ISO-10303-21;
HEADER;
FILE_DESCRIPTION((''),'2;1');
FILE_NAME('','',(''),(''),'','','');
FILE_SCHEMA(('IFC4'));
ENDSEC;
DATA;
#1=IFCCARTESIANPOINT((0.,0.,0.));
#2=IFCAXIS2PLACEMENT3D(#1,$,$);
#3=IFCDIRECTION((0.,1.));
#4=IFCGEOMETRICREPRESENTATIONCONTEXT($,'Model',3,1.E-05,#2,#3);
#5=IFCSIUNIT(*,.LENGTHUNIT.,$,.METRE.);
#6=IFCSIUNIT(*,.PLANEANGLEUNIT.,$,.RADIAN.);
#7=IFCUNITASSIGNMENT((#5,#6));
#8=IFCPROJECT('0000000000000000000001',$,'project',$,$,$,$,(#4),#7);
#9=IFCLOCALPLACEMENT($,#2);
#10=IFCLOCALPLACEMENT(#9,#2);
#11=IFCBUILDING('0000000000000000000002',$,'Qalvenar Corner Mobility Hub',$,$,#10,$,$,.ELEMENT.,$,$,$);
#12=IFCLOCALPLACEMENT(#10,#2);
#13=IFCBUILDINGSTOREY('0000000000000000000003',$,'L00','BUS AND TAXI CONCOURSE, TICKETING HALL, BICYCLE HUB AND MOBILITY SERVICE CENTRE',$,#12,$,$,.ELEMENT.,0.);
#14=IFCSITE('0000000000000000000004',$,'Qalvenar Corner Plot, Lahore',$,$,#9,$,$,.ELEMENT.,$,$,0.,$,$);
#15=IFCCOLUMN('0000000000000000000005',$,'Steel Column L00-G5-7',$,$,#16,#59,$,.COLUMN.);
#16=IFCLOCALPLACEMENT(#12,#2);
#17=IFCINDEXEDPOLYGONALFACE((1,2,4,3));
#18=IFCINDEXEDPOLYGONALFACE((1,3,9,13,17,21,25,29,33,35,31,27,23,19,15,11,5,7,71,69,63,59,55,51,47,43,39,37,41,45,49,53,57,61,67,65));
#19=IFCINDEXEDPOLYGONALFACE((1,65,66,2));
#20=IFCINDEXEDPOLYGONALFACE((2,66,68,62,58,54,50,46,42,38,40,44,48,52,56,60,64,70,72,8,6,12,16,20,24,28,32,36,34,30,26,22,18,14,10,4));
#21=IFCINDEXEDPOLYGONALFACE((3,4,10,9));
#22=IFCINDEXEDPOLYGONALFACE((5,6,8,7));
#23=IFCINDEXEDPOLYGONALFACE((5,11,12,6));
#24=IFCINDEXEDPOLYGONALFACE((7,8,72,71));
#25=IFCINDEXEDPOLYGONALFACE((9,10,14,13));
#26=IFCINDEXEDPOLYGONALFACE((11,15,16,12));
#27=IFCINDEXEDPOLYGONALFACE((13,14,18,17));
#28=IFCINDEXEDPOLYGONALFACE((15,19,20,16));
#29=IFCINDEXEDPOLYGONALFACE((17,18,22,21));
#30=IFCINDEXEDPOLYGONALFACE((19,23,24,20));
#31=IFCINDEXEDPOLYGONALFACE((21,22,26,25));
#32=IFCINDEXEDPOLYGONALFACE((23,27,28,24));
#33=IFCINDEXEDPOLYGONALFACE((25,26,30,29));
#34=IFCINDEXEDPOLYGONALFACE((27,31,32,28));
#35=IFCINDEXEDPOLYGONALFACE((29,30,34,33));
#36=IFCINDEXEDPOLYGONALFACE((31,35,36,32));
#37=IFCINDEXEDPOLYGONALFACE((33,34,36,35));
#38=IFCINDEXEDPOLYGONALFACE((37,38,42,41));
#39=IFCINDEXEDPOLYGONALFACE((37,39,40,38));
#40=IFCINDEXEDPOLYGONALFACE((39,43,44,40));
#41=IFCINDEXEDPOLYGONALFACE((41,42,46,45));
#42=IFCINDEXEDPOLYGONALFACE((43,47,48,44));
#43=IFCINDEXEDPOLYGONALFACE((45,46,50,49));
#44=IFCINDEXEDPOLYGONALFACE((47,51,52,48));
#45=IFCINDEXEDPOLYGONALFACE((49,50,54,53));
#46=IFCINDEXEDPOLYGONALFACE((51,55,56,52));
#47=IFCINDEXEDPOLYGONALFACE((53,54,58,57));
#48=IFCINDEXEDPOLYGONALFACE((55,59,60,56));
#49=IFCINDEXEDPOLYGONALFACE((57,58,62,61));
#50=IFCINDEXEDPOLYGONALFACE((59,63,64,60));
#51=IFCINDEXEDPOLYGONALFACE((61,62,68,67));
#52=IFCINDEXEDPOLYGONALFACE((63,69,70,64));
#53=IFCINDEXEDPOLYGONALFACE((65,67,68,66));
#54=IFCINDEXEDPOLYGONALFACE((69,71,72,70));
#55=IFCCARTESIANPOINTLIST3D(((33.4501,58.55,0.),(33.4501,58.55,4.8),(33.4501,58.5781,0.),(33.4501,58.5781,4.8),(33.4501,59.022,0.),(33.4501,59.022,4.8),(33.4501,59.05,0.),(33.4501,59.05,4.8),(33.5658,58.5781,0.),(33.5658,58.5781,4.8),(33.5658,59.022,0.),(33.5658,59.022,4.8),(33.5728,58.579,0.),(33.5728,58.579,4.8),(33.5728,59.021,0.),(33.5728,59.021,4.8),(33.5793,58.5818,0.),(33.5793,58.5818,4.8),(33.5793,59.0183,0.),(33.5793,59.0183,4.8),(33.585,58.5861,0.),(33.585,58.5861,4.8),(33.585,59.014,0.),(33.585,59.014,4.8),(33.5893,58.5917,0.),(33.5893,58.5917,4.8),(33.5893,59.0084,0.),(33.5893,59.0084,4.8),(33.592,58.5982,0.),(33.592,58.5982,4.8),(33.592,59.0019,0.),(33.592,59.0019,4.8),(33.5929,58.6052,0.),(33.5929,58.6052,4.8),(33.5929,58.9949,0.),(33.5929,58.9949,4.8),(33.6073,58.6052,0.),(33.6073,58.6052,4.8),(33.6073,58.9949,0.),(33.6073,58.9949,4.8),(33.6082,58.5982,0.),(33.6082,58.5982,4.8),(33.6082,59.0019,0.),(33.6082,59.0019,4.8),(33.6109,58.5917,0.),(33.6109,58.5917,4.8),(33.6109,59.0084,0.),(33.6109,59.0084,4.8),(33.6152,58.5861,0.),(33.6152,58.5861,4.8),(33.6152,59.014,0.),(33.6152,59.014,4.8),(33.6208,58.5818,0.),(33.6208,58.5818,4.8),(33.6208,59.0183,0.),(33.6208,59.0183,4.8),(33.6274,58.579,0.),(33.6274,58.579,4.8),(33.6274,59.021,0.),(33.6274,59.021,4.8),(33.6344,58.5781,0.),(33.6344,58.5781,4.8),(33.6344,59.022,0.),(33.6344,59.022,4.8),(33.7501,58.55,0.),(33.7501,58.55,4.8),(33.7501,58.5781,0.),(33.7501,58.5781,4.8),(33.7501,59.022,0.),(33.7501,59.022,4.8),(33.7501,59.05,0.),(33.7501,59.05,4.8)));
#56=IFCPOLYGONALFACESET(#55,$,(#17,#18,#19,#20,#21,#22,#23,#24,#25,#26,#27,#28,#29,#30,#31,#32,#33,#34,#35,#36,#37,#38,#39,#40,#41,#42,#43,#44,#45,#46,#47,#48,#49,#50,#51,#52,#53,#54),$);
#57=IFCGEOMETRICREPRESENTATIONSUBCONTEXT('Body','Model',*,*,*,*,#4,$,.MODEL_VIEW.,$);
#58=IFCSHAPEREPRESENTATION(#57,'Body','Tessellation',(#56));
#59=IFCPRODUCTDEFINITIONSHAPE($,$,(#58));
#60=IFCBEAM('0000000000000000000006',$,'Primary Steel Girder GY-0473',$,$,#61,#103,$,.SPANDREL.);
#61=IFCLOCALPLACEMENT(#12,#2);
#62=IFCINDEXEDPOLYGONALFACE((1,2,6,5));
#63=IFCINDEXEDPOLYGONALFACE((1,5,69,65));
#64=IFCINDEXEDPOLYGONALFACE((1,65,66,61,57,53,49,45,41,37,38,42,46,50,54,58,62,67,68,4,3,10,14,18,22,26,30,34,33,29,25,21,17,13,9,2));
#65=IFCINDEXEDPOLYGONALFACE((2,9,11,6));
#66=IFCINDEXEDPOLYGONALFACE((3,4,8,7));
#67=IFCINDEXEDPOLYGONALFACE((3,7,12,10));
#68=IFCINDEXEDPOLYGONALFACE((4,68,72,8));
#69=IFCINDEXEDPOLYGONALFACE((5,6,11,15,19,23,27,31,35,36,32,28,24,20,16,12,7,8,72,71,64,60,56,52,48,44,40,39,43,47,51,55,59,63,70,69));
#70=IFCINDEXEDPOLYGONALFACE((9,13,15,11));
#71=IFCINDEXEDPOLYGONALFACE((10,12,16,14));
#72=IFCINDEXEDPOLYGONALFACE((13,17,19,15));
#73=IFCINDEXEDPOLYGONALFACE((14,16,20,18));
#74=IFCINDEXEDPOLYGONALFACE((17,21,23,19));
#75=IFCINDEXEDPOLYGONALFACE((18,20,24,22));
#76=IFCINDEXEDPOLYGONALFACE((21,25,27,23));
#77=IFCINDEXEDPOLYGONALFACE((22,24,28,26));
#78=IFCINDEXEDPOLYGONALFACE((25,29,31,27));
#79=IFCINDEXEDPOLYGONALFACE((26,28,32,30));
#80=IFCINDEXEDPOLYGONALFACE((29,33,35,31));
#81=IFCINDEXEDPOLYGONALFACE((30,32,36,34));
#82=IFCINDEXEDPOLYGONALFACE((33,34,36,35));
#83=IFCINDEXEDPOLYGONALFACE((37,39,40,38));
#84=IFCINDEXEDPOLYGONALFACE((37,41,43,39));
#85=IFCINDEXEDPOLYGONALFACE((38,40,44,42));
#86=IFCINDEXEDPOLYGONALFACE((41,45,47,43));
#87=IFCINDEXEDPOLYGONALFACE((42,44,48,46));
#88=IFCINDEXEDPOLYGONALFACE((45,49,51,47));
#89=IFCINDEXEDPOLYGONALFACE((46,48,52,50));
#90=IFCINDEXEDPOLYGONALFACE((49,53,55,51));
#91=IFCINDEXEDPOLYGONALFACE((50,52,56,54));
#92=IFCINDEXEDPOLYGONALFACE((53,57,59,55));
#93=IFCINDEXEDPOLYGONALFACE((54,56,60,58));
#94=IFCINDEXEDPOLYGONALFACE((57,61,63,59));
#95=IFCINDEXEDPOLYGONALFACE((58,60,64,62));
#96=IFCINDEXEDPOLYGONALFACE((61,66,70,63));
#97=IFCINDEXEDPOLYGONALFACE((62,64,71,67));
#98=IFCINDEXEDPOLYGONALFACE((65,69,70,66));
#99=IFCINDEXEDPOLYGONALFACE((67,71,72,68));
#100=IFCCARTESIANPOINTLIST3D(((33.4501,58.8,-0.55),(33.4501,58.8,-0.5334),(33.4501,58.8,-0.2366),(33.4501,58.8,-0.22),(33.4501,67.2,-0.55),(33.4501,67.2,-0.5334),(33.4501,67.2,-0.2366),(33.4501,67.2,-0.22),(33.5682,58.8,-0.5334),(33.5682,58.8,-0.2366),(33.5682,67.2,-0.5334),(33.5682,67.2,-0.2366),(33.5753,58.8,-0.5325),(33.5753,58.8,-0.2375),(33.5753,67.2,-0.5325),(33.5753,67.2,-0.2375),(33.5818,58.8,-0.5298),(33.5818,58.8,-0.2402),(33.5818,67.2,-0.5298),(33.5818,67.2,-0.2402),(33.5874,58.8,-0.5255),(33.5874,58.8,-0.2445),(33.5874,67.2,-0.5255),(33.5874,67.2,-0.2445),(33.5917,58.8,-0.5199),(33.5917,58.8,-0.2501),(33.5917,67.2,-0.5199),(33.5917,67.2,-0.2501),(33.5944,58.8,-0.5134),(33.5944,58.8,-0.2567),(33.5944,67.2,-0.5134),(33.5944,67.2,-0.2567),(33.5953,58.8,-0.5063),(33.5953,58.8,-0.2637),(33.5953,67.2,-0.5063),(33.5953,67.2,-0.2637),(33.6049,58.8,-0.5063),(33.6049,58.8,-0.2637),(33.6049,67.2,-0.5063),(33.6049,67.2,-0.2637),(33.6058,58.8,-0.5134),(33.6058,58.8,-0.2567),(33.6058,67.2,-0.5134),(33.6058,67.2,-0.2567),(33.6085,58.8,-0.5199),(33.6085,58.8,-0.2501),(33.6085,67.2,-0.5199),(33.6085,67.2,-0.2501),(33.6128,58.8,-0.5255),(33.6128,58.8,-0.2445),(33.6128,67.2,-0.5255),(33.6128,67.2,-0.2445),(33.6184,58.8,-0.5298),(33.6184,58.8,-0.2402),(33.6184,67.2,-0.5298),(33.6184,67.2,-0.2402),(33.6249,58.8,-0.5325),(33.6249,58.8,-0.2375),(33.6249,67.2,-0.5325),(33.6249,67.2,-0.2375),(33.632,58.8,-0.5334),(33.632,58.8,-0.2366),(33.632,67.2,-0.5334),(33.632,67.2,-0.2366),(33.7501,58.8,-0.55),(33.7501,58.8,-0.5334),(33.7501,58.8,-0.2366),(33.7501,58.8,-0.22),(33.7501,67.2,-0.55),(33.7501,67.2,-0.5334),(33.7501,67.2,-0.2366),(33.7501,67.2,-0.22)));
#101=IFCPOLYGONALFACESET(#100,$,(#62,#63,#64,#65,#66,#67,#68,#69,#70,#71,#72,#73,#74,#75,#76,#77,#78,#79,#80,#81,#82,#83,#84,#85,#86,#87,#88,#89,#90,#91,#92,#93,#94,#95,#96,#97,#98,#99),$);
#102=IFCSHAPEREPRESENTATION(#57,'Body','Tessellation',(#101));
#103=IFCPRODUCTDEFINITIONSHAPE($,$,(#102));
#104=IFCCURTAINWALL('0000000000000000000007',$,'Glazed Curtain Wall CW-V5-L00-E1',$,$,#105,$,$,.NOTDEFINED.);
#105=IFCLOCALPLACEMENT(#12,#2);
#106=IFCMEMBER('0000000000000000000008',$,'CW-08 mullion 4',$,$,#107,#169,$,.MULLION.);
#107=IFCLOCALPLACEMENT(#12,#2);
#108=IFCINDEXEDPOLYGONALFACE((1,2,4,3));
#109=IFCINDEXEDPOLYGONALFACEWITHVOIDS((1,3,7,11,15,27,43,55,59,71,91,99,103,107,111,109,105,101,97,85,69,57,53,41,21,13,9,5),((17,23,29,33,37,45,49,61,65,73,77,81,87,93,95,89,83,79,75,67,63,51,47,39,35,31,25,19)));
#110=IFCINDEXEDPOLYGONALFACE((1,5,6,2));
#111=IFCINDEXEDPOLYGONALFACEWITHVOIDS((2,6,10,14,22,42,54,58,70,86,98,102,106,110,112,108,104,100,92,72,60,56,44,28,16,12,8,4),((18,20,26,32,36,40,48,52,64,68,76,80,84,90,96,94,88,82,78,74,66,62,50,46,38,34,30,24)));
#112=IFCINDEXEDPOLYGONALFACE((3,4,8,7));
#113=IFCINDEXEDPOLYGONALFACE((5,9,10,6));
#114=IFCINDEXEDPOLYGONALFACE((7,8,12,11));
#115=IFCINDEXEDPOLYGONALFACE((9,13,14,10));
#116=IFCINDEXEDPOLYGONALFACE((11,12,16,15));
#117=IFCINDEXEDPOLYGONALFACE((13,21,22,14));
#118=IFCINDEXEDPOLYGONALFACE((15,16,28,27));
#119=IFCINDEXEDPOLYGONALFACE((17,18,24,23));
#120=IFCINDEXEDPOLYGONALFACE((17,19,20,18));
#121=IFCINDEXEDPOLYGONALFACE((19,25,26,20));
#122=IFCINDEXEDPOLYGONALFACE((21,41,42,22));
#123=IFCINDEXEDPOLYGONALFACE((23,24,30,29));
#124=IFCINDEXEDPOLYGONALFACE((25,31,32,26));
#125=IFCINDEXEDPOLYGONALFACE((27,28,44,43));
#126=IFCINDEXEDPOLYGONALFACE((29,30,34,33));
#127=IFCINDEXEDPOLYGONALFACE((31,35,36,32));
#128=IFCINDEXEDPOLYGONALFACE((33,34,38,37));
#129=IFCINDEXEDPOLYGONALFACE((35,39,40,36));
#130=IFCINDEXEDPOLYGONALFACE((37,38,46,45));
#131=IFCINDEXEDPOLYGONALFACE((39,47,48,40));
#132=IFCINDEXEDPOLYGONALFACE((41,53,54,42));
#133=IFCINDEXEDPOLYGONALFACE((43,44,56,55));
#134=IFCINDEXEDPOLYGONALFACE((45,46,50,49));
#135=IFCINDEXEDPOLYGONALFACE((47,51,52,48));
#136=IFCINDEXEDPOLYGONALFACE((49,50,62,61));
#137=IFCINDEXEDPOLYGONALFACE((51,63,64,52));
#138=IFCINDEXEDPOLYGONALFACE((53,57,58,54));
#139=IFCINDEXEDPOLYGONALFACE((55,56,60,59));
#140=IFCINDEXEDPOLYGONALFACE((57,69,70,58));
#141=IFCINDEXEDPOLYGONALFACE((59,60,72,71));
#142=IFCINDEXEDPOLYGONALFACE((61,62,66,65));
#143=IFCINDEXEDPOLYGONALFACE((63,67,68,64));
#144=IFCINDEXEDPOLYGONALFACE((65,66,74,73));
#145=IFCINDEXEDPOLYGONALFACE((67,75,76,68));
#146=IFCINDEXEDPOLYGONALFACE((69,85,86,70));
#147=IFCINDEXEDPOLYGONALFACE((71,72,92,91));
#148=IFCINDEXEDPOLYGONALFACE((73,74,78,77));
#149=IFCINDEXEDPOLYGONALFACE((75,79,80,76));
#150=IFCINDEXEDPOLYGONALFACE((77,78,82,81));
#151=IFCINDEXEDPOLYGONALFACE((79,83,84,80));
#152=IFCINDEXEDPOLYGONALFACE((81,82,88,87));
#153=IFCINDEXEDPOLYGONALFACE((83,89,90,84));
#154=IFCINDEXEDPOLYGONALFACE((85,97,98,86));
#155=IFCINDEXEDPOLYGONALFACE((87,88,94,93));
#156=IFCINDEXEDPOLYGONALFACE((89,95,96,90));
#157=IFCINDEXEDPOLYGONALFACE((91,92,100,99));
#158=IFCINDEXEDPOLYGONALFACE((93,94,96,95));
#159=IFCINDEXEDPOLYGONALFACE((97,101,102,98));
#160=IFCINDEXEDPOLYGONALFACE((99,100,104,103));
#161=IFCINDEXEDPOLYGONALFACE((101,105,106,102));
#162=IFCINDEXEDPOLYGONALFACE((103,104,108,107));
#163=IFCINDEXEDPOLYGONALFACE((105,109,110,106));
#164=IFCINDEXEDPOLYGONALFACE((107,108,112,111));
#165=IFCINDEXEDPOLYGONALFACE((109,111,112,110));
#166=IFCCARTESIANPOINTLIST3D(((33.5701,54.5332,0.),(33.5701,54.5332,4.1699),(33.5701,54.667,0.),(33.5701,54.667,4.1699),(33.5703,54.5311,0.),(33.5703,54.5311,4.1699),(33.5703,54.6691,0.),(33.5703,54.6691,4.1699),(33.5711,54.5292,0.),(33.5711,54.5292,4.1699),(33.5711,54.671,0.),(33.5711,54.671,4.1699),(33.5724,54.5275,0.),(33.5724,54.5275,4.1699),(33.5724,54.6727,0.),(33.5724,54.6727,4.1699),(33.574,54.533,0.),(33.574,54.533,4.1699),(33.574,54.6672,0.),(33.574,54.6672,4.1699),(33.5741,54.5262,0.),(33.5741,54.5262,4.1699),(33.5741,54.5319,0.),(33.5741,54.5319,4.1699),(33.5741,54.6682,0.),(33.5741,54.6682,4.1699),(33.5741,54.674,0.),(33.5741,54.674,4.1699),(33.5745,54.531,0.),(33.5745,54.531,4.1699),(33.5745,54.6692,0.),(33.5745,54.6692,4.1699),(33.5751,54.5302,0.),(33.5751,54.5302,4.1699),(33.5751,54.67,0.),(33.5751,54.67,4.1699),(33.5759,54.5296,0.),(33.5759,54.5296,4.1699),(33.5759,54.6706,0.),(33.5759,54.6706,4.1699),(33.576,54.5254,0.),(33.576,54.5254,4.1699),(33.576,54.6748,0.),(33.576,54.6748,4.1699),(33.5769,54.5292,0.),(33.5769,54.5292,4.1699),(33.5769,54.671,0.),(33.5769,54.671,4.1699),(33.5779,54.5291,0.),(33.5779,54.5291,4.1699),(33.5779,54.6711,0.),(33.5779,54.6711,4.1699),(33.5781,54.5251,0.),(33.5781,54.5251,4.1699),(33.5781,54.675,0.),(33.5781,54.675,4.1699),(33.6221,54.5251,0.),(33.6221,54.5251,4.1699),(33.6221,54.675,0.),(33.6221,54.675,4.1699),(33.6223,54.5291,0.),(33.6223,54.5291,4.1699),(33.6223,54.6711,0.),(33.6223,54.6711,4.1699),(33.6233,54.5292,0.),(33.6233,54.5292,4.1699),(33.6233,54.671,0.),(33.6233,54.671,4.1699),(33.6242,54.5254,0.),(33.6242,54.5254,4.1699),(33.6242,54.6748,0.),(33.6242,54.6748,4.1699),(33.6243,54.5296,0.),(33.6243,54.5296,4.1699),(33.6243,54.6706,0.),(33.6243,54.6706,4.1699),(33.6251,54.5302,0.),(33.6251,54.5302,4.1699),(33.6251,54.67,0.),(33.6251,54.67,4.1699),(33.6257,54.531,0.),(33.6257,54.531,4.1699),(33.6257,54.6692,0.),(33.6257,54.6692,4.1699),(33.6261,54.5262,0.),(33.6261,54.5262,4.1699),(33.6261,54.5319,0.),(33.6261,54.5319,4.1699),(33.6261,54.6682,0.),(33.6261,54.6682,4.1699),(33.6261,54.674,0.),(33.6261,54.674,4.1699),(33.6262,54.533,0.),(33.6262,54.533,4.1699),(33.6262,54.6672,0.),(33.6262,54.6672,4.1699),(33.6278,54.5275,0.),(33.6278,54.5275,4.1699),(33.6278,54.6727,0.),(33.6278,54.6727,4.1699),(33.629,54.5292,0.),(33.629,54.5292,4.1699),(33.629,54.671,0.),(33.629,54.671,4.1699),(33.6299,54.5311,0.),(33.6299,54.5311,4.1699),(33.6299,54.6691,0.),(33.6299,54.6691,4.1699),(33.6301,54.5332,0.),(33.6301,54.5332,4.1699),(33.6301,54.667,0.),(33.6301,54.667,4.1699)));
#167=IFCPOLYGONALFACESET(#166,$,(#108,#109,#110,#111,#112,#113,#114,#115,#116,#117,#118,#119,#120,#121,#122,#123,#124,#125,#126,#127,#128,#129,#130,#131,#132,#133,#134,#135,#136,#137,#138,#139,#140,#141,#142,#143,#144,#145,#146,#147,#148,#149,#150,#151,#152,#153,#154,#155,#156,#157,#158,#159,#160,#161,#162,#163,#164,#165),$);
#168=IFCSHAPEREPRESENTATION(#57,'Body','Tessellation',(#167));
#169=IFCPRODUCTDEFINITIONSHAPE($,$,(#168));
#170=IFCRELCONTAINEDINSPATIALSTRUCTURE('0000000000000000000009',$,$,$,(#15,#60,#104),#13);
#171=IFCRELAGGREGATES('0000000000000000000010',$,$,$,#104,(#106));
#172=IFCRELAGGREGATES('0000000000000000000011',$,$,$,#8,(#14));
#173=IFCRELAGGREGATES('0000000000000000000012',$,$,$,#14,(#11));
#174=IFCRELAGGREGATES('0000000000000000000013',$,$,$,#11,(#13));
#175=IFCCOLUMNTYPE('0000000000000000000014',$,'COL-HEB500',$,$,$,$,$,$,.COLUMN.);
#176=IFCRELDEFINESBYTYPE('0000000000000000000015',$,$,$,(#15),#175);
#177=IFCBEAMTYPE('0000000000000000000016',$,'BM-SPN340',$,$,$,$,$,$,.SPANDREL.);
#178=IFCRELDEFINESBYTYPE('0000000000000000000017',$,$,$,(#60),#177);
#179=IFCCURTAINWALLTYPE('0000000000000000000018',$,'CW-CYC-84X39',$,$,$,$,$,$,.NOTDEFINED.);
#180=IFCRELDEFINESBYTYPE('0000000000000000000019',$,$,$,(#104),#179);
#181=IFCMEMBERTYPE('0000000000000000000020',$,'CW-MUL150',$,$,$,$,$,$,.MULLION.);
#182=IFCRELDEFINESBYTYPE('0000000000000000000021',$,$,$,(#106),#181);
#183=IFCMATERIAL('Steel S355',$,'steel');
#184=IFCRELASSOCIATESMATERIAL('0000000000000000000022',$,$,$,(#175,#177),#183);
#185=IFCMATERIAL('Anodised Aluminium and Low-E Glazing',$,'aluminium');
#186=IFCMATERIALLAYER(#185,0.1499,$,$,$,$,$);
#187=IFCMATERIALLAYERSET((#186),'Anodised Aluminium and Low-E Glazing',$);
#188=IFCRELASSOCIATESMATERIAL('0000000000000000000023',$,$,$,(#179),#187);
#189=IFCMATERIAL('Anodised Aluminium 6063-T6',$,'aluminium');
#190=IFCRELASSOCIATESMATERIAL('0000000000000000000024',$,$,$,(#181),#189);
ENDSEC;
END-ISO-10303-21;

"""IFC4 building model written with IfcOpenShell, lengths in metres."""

from ifc_helpers import new_model, si_unit, direction, frame, origin, origin_2d, place, context, subcontext, project, spatial, hollow_rectangle, i_section, extrude, material, layer, layer_set, material_profile, profile_set, type_object, element, aggregate, save


model = new_model("IFC4")

# Units and contexts
model_context = context("Model", 3, precision=1e-05, world=origin(), true_north=direction((0.0, 1.0)))
body_context = subcontext(model_context, "Body", "Model", "MODEL_VIEW")
ifc_project = project(units=[si_unit("LENGTHUNIT", "METRE"), si_unit("PLANEANGLEUNIT", "RADIAN")], contexts=[model_context])

# Site, building, storey
site_placement = place(None, origin())
site = spatial("IfcSite", under=ifc_project, at=site_placement, Name="Qalvenar Corner Plot, Lahore", CompositionType="ELEMENT", RefElevation=0.0)
building_placement = place(site_placement, origin())
building = spatial("IfcBuilding", under=site, at=building_placement, Name="Qalvenar Corner Mobility Hub", CompositionType="ELEMENT")
storey_placement = place(building_placement, origin())
storey = spatial("IfcBuildingStorey", under=building, at=storey_placement, Name="L00", Description="BUS AND TAXI CONCOURSE, TICKETING HALL, BICYCLE HUB AND MOBILITY SERVICE CENTRE", CompositionType="ELEMENT", Elevation=0.0)

# Column
ifc_material_1 = material(Name="Steel S355", Category="steel")
ifc_material_profile_1 = material_profile(ifc_material_1, i_section(OverallWidth=0.3, OverallDepth=0.5, WebThickness=0.0144, FlangeThickness=0.0281, FilletRadius=0.0271, at=origin_2d()), Name="HEB500")
ifc_profile_set_1 = profile_set([ifc_material_profile_1], Name="Steel S355")
column_type = type_object("IfcColumnType", Name="COL-HEB500", PredefinedType="COLUMN", material=ifc_profile_set_1)
column_placement = place(storey_placement, frame((33.6001, 58.8, 0.0), z_axis=(0.0, 0.0, 1.0), x_axis=(1.0, 0.0, 0.0)))
element("IfcColumn", 1, at=column_placement, inside=storey, type_object=column_type, Name="Steel Column L00-G5-7", PredefinedType="COLUMN", context=body_context, shape_type="SweptSolid", body=[
    extrude(i_section(OverallWidth=0.3, OverallDepth=0.5, WebThickness=0.0144, FlangeThickness=0.0281, FilletRadius=0.0271, at=origin_2d()), origin(), (0.0, 0.0, 1.0), 4.8),
])

# Beam
ifc_material_profile_2 = material_profile(ifc_material_1, i_section(OverallWidth=0.3, OverallDepth=0.3301, WebThickness=0.0095, FlangeThickness=0.0166, FilletRadius=0.0271, at=origin_2d()), Name="HEA340")
ifc_profile_set_2 = profile_set([ifc_material_profile_2], Name="Steel S355")
beam_type = type_object("IfcBeamType", Name="BM-SPN340", PredefinedType="SPANDREL", material=ifc_profile_set_2)
beam_placement = place(storey_placement, frame((33.6001, 58.8, -0.385), z_axis=(0.0, 1.0, 0.0), x_axis=(-1.0, 0.0, 0.0)))
element("IfcBeam", 2, at=beam_placement, inside=storey, type_object=beam_type, Name="Primary Steel Girder GY-0473", PredefinedType="SPANDREL", context=body_context, shape_type="SweptSolid", body=[
    extrude(i_section(OverallWidth=0.3, OverallDepth=0.3301, WebThickness=0.0095, FlangeThickness=0.0166, FilletRadius=0.0271, at=origin_2d()), origin(), (0.0, 0.0, 1.0), 8.3999),
])

# Curtain wall, member
ifc_material_2 = material(Name="Anodised Aluminium and Low-E Glazing", Category="aluminium")
ifc_layer_1 = layer(ifc_material_2, 0.1499)
ifc_layer_set_1 = layer_set([ifc_layer_1], Name="Anodised Aluminium and Low-E Glazing")
curtain_wall_type = type_object("IfcCurtainWallType", Name="CW-CYC-84X39", PredefinedType="NOTDEFINED", material=ifc_layer_set_1)
curtain_wall_placement = place(storey_placement, origin())
curtain_wall = element("IfcCurtainWall", 3, at=curtain_wall_placement, inside=storey, type_object=curtain_wall_type, Name="Glazed Curtain Wall CW-V5-L00-E1", PredefinedType="NOTDEFINED")
ifc_material_3 = material(Name="Anodised Aluminium 6063-T6", Category="aluminium")
ifc_material_profile_3 = material_profile(ifc_material_3, hollow_rectangle(XDim=0.0601, YDim=0.1499, WallThickness=0.0039, InnerFilletRadius=0.0039, OuterFilletRadius=0.0081, at=origin_2d()), Name="RHS150x60x4")
ifc_profile_set_3 = profile_set([ifc_material_profile_3], Name="Anodised Aluminium 6063-T6")
member_type_1 = type_object("IfcMemberType", Name="CW-MUL150", PredefinedType="MULLION", material=ifc_profile_set_3)
member_1_placement = place(storey_placement, frame((33.6001, 54.6001, 0.0), z_axis=(0.0, 0.0, 1.0), x_axis=(-1.0, 0.0, 0.0)))
member_1 = element("IfcMember", 4, at=member_1_placement, type_object=member_type_1, Name="CW-08 mullion 4", PredefinedType="MULLION", context=body_context, shape_type="SweptSolid", body=[
    extrude(hollow_rectangle(XDim=0.0601, YDim=0.1499, WallThickness=0.0039, InnerFilletRadius=0.0039, OuterFilletRadius=0.0081, at=origin_2d()), origin(), (0.0, 0.0, 1.0), 4.1699),
])
aggregate(curtain_wall, [member_1])

save(model, "model.ifc")
